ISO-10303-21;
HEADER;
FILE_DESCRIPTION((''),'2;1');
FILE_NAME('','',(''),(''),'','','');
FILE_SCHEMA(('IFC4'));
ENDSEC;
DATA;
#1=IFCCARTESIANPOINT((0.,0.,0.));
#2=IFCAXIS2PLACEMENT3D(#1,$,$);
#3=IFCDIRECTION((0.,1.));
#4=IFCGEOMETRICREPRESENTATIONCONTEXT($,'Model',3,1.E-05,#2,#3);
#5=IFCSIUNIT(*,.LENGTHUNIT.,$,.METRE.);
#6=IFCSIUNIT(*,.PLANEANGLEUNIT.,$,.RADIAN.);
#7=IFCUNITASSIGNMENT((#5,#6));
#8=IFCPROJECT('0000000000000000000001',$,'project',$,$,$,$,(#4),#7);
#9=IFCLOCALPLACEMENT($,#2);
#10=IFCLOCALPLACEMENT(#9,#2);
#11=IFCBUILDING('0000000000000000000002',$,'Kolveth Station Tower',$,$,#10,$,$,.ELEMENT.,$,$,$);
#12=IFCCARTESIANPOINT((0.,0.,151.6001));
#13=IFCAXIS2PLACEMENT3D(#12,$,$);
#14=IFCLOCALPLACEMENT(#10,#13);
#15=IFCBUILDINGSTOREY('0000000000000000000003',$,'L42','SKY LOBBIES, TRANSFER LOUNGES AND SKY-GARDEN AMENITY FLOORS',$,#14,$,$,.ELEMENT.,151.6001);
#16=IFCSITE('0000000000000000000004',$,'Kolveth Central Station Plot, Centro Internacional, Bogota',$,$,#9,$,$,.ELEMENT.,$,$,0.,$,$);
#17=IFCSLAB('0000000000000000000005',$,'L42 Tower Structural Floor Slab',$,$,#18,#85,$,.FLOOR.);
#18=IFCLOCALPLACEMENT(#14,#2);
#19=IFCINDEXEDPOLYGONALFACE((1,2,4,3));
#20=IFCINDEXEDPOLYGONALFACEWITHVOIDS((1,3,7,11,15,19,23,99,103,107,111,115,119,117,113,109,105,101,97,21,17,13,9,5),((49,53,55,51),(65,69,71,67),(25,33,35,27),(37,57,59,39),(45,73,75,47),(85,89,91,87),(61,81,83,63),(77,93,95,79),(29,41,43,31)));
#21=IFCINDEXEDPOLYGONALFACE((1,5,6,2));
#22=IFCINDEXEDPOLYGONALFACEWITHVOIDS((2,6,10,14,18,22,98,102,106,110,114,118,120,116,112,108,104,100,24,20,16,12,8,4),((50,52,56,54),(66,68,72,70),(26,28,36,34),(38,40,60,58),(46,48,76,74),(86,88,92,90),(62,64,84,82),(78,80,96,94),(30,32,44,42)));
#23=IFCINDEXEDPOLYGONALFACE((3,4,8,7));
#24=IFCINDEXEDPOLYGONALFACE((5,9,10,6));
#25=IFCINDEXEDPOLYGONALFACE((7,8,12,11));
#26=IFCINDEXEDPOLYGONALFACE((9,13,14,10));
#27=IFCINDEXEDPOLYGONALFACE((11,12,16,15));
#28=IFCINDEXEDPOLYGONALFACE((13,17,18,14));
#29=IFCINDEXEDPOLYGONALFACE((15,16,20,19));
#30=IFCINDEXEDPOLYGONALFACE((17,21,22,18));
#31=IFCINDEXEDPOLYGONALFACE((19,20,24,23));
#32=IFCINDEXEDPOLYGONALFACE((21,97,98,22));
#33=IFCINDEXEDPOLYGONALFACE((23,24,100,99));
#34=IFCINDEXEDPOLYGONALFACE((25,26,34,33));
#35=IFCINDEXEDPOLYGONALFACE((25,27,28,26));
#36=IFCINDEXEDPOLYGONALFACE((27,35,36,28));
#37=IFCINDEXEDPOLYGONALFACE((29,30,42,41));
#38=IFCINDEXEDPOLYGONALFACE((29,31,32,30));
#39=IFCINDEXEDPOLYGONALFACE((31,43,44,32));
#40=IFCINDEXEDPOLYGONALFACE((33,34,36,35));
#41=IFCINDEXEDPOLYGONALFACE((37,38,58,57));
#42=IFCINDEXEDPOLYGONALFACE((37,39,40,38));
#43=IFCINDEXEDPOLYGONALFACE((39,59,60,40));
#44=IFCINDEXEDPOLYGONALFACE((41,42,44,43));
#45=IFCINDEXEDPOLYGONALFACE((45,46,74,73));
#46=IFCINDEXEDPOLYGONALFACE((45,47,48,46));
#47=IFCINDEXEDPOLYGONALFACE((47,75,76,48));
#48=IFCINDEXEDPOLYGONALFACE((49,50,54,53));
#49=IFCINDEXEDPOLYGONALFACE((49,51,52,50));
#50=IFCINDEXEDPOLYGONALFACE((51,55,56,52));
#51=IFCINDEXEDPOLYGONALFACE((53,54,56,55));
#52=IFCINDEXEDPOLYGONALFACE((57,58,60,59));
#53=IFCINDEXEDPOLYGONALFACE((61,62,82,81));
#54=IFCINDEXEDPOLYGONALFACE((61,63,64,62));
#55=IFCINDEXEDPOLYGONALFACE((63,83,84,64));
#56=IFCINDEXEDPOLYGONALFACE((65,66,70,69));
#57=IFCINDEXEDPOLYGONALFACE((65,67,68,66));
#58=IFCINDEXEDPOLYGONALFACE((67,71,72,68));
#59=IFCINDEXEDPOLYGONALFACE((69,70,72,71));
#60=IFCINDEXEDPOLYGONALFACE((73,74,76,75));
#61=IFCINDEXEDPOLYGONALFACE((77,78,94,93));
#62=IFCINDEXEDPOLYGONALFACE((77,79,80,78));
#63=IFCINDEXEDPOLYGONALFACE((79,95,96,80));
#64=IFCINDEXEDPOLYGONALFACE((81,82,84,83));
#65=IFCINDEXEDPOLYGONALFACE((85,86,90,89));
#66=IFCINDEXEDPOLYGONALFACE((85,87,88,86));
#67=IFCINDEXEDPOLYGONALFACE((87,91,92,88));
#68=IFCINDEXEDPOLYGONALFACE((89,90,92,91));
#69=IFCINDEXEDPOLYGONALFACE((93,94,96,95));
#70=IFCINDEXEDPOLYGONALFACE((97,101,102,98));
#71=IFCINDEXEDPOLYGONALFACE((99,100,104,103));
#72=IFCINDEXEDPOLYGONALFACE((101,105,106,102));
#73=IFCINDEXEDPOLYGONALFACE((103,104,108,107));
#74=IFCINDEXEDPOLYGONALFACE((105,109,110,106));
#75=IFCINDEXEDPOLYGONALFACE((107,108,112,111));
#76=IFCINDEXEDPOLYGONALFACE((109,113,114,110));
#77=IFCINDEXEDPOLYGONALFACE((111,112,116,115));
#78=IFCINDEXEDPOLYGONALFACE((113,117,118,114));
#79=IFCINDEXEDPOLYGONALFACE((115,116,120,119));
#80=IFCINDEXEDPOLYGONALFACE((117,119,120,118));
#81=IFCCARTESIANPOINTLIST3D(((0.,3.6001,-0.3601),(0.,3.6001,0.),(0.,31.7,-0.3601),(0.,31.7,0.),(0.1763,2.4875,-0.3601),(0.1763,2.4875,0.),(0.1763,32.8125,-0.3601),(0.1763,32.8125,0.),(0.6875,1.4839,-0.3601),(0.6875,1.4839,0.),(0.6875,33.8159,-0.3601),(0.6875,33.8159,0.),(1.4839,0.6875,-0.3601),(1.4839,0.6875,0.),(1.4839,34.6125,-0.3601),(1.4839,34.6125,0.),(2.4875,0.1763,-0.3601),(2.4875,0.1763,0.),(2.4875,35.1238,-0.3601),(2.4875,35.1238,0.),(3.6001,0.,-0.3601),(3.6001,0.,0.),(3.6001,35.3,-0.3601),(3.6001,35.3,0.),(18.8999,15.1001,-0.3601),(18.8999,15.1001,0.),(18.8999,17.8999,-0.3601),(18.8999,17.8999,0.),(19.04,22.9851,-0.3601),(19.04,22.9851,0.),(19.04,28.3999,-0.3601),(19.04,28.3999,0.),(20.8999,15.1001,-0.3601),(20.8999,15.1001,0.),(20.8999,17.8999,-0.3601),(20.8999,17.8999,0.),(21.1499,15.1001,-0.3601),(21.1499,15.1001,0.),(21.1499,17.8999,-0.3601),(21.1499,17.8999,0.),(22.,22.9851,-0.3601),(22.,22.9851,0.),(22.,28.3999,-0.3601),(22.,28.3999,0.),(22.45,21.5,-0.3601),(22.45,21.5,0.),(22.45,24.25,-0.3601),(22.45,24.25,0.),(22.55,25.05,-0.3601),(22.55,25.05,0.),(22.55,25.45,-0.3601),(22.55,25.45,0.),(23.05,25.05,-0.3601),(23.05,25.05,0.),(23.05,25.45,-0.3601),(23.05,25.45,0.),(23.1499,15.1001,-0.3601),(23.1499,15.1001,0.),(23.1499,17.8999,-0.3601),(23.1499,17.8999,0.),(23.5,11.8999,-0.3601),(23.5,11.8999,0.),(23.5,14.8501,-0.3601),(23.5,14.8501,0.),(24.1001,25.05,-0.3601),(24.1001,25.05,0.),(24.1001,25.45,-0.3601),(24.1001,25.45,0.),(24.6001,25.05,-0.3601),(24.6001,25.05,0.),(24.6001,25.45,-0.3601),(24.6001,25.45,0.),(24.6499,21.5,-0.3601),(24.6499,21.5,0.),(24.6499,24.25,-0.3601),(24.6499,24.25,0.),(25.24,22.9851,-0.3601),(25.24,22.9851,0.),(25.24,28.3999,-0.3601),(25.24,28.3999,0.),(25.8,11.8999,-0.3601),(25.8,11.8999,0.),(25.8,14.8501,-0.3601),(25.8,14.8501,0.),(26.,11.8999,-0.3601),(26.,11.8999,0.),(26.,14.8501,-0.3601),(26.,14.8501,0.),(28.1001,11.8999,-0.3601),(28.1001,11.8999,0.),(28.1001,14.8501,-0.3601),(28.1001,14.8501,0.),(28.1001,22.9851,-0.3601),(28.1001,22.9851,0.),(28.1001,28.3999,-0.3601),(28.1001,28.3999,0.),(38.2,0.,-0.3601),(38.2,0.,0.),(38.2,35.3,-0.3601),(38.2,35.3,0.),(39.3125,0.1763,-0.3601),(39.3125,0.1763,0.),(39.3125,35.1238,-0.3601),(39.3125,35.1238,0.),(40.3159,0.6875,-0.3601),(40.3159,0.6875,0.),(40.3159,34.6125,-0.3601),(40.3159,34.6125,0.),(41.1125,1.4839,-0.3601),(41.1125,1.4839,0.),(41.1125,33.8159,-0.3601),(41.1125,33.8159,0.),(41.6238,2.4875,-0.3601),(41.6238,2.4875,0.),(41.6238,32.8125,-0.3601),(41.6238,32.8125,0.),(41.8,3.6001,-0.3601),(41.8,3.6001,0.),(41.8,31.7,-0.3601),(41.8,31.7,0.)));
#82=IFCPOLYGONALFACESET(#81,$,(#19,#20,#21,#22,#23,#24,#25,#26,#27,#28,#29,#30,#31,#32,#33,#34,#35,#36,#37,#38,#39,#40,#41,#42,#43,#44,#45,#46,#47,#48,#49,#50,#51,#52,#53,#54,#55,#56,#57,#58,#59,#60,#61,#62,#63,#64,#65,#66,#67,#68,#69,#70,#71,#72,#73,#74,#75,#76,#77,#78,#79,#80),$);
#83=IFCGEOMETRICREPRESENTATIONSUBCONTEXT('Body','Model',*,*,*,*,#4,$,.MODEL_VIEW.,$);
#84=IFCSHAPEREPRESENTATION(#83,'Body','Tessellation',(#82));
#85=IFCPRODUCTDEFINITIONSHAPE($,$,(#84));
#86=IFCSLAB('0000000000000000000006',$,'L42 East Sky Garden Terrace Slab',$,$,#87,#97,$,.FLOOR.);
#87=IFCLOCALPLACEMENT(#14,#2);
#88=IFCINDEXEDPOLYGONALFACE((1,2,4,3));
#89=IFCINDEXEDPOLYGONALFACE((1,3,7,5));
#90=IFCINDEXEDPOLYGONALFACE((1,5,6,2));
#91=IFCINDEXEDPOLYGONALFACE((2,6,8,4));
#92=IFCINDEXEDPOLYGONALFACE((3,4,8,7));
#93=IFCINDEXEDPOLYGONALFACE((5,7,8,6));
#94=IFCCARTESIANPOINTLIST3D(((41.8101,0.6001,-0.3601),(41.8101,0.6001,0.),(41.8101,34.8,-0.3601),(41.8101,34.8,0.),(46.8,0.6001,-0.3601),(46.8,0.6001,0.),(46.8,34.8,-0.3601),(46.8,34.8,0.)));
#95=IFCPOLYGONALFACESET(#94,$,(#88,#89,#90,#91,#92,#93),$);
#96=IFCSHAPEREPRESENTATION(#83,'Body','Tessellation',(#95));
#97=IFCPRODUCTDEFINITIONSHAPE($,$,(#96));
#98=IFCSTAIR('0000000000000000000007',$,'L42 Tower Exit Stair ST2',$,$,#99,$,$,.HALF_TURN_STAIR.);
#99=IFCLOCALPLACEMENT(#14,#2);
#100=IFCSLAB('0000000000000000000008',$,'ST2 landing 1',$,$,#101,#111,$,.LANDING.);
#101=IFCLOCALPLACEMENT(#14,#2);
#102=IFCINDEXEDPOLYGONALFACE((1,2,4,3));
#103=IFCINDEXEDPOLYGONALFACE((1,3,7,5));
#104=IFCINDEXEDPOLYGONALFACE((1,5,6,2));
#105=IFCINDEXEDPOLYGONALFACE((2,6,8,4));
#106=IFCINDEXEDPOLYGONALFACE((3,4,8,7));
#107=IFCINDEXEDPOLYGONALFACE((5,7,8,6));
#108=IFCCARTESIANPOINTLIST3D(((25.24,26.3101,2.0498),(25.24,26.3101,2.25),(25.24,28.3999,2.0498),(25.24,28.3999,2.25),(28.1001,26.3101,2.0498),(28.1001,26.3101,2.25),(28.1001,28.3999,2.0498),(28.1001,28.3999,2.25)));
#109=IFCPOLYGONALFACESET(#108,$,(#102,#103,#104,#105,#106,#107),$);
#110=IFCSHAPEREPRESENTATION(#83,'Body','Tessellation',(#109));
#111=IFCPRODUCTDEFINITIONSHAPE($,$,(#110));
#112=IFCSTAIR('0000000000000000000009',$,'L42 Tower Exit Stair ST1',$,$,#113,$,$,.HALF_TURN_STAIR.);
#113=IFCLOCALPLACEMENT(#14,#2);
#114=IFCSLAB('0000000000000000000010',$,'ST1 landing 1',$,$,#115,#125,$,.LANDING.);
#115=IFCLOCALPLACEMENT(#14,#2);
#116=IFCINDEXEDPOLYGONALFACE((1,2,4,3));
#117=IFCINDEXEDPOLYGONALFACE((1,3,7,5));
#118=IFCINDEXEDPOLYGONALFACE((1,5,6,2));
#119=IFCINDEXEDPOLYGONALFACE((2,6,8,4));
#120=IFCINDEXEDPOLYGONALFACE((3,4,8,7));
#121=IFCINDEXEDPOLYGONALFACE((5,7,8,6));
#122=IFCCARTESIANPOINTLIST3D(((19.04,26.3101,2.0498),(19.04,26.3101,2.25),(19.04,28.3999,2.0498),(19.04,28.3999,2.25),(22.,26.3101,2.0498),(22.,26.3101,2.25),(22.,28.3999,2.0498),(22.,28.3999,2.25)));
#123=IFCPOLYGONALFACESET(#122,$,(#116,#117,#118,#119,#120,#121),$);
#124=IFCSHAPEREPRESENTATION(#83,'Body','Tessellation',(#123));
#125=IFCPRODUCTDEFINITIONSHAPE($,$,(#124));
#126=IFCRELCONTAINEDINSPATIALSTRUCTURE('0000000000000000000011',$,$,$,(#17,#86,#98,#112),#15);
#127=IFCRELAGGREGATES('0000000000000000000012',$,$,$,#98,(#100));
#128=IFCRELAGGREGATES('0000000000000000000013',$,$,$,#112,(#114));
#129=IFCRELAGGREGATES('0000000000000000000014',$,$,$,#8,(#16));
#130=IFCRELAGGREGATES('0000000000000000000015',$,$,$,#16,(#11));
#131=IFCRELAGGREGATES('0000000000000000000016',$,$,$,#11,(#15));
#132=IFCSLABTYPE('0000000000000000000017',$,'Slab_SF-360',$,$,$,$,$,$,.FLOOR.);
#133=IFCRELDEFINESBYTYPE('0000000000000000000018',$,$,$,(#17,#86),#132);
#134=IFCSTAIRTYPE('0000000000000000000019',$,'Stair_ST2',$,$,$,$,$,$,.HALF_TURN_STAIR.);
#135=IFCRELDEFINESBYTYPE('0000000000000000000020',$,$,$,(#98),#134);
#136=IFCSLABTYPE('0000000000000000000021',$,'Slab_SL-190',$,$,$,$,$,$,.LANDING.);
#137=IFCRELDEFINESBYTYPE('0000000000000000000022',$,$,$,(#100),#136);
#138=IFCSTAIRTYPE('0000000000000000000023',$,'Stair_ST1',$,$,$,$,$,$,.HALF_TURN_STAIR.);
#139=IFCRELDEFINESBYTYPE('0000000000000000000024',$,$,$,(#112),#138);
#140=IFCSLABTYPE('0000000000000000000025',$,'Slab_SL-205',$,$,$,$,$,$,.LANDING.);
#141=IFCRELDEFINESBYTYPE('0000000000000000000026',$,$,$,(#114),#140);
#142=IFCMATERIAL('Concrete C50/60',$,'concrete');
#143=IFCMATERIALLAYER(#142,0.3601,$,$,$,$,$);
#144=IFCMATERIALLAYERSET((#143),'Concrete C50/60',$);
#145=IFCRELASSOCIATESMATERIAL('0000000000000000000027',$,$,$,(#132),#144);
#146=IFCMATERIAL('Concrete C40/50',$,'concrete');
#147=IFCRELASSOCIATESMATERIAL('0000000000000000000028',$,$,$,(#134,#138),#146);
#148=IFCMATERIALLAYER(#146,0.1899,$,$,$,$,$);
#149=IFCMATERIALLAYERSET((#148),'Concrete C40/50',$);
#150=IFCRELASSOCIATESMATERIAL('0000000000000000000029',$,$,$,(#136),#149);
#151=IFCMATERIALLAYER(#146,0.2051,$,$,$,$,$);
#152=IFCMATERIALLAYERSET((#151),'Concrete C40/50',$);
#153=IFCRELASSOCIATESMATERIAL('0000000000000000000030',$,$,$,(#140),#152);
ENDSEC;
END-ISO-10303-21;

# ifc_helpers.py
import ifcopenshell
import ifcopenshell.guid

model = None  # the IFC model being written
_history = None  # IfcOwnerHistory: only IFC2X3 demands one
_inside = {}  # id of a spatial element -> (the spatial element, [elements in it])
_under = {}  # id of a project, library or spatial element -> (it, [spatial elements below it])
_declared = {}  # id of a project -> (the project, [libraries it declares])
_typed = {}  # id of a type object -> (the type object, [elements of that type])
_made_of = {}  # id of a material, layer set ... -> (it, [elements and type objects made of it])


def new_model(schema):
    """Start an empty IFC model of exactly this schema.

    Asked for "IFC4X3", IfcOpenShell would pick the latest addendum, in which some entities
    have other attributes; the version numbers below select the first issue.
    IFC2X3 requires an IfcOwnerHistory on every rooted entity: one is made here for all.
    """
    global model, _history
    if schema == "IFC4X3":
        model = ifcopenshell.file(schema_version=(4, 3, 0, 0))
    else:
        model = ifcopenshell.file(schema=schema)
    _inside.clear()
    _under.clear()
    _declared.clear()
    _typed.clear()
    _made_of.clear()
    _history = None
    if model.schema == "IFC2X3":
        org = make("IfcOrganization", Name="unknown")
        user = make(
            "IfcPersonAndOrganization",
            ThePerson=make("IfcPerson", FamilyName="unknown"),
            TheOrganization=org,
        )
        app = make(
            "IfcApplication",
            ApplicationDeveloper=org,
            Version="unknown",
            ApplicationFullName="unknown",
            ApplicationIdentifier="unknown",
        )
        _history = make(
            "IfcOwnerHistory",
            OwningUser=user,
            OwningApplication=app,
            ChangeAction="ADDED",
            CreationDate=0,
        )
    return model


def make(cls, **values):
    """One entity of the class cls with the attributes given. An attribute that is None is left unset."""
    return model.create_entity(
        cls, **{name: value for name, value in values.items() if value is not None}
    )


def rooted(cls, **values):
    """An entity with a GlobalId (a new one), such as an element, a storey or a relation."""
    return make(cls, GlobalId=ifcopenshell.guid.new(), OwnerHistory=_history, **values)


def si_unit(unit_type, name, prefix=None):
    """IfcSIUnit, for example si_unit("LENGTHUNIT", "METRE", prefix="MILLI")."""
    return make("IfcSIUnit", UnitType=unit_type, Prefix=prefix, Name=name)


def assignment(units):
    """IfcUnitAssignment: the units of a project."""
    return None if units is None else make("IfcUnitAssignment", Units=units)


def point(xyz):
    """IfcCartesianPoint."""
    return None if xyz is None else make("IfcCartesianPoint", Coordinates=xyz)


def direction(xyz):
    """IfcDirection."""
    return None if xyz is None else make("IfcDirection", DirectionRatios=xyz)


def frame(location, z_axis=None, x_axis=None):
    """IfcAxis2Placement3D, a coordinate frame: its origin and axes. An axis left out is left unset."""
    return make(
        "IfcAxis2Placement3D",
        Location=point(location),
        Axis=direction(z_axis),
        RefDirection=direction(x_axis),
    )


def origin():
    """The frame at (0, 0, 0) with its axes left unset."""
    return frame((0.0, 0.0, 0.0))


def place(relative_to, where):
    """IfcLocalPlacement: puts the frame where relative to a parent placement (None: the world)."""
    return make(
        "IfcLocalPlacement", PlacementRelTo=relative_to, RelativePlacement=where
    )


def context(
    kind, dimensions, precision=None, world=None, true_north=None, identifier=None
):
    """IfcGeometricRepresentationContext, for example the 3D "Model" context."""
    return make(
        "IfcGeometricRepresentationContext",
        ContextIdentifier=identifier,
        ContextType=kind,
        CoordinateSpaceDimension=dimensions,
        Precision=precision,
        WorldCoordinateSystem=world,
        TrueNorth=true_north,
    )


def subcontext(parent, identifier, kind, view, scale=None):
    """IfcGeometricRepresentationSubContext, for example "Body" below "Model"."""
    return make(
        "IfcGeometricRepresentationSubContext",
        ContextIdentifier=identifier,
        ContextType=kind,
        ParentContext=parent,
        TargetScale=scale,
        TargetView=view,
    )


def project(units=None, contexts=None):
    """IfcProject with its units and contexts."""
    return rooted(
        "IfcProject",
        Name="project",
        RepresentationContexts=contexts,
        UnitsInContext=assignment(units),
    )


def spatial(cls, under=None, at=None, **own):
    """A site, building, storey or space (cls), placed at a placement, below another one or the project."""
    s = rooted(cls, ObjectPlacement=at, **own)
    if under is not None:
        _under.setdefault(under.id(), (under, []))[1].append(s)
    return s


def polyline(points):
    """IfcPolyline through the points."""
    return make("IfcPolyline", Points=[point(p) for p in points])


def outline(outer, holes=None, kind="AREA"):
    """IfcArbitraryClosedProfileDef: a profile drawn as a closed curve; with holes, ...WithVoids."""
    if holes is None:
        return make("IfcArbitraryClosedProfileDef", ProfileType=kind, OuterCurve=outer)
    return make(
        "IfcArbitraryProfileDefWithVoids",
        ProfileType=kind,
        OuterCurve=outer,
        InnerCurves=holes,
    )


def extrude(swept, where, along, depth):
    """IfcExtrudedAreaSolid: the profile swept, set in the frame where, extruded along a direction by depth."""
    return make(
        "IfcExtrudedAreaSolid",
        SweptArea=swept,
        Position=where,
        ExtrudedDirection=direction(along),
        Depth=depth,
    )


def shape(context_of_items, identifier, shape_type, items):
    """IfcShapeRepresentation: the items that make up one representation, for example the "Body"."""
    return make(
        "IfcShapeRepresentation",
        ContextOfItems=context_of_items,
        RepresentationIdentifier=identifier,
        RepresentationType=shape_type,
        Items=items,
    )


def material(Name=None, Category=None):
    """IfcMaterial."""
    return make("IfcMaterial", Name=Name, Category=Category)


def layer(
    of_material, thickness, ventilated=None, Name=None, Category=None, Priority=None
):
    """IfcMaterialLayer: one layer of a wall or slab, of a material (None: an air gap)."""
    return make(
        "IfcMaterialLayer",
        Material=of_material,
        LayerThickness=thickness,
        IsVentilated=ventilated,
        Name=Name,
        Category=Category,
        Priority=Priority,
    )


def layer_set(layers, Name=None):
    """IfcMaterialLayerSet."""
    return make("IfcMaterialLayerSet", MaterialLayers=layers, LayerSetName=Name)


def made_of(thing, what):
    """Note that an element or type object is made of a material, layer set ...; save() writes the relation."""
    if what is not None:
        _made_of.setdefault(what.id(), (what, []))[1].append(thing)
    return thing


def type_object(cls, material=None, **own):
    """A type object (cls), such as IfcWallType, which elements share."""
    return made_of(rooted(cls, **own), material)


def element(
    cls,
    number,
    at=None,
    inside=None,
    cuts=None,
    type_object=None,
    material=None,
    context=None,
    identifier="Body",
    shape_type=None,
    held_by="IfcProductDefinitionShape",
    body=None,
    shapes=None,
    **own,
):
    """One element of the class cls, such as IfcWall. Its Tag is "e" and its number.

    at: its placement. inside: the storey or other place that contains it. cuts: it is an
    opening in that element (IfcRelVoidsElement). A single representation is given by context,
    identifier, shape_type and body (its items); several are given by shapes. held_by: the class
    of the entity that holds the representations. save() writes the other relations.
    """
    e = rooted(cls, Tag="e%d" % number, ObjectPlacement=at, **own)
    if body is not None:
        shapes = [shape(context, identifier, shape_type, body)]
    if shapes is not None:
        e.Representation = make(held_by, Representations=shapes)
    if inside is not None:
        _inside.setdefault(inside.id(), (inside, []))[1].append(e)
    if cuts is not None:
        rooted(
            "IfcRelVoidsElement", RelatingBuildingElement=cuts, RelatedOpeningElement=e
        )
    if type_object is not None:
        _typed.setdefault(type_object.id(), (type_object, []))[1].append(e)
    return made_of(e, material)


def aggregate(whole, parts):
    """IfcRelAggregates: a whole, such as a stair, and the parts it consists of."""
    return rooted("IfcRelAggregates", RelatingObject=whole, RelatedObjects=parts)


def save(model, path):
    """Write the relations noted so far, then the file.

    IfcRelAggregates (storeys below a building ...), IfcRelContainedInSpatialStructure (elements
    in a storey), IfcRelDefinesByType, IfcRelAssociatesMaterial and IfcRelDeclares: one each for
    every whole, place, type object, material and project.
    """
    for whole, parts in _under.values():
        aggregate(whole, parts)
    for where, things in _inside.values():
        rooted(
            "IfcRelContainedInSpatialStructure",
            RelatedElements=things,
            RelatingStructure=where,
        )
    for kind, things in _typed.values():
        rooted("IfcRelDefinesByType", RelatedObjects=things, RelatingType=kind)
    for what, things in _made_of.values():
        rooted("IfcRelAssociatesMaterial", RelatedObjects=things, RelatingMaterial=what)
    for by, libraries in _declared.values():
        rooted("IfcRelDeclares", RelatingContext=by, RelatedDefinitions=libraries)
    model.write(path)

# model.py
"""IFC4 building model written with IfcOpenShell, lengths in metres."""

from ifc_helpers import new_model, si_unit, direction, frame, origin, place, context, subcontext, project, spatial, polyline, outline, extrude, material, layer, layer_set, type_object, element, aggregate, save


model = new_model("IFC4")

# Units and contexts
model_context = context("Model", 3, precision=1e-05, world=origin(), true_north=direction((0.0, 1.0)))
body_context = subcontext(model_context, "Body", "Model", "MODEL_VIEW")
ifc_project = project(units=[si_unit("LENGTHUNIT", "METRE"), si_unit("PLANEANGLEUNIT", "RADIAN")], contexts=[model_context])

# Site, building, storey
site_placement = place(None, origin())
site = spatial("IfcSite", under=ifc_project, at=site_placement, Name="Kolveth Central Station Plot, Centro Internacional, Bogota", CompositionType="ELEMENT", RefElevation=0.0)
building_placement = place(site_placement, origin())
building = spatial("IfcBuilding", under=site, at=building_placement, Name="Kolveth Station Tower", CompositionType="ELEMENT")
storey_placement = place(building_placement, frame((0.0, 0.0, 151.6001)))
storey = spatial("IfcBuildingStorey", under=building, at=storey_placement, Name="L42", Description="SKY LOBBIES, TRANSFER LOUNGES AND SKY-GARDEN AMENITY FLOORS", CompositionType="ELEMENT", Elevation=151.6001)

# Slabs
ifc_material_1 = material(Name="Concrete C50/60", Category="concrete")
ifc_layer_1 = layer(ifc_material_1, 0.3601)
ifc_layer_set_1 = layer_set([ifc_layer_1], Name="Concrete C50/60")
slab_type_1 = type_object("IfcSlabType", Name="Slab_SF-360", PredefinedType="FLOOR", material=ifc_layer_set_1)
slab_1_placement = place(storey_placement, frame((0.0, 0.0, -0.3601)))
element("IfcSlab", 1, at=slab_1_placement, inside=storey, type_object=slab_type_1, Name="L42 Tower Structural Floor Slab", PredefinedType="FLOOR", context=body_context, shape_type="SweptSolid", body=[
    extrude(outline(polyline([(38.2, 0.0), (39.3125, 0.1763), (40.3159, 0.6875), (41.1125, 1.4839), (41.6238, 2.4875), (41.8, 3.6001), (41.8, 31.7), (41.6238, 32.8125), (41.1125, 33.8159), (40.3159, 34.6125), (39.3125, 35.1238), (38.2, 35.3), (3.6001, 35.3), (2.4875, 35.1238), (1.4839, 34.6125), (0.6875, 33.8159), (0.1763, 32.8125), (0.0, 31.7), (0.0, 3.6001), (0.1763, 2.4875), (0.6875, 1.4839), (1.4839, 0.6875), (2.4875, 0.1763), (3.6001, 0.0), (38.2, 0.0)]), holes=[polyline([(19.04, 22.9851), (22.0, 22.9851), (22.0, 28.3999), (19.04, 28.3999), (19.04, 22.9851)]), polyline([(25.24, 22.9851), (28.1001, 22.9851), (28.1001, 28.3999), (25.24, 28.3999), (25.24, 22.9851)]), polyline([(18.8999, 15.1001), (20.8999, 15.1001), (20.8999, 17.8999), (18.8999, 17.8999), (18.8999, 15.1001)]), polyline([(21.1499, 15.1001), (23.1499, 15.1001), (23.1499, 17.8999), (21.1499, 17.8999), (21.1499, 15.1001)]), polyline([(22.45, 21.5), (24.6499, 21.5), (24.6499, 24.25), (22.45, 24.25), (22.45, 21.5)]), polyline([(23.5, 11.8999), (25.8, 11.8999), (25.8, 14.8501), (23.5, 14.8501), (23.5, 11.8999)]), polyline([(26.0, 11.8999), (28.1001, 11.8999), (28.1001, 14.8501), (26.0, 14.8501), (26.0, 11.8999)]), polyline([(22.55, 25.05), (23.05, 25.05), (23.05, 25.45), (22.55, 25.45), (22.55, 25.05)]), polyline([(24.1001, 25.05), (24.6001, 25.05), (24.6001, 25.45), (24.1001, 25.45), (24.1001, 25.05)])]), origin(), (0.0, 0.0, 1.0), 0.3601),
])
slab_2_placement = place(storey_placement, frame((0.0, 0.0, -0.3601)))
element("IfcSlab", 2, at=slab_2_placement, inside=storey, type_object=slab_type_1, Name="L42 East Sky Garden Terrace Slab", PredefinedType="FLOOR", context=body_context, shape_type="SweptSolid", body=[
    extrude(outline(polyline([(41.8101, 0.6001), (46.8, 0.6001), (46.8, 34.8), (41.8101, 34.8), (41.8101, 0.6001)])), origin(), (0.0, 0.0, 1.0), 0.3601),
])

# Stairs, slabs
ifc_material_2 = material(Name="Concrete C40/50", Category="concrete")
stair_type_1 = type_object("IfcStairType", Name="Stair_ST2", PredefinedType="HALF_TURN_STAIR", material=ifc_material_2)
stair_1_placement = place(storey_placement, origin())
stair_1 = element("IfcStair", 3, at=stair_1_placement, inside=storey, type_object=stair_type_1, Name="L42 Tower Exit Stair ST2", PredefinedType="HALF_TURN_STAIR")
ifc_layer_2 = layer(ifc_material_2, 0.1899)
ifc_layer_set_2 = layer_set([ifc_layer_2], Name="Concrete C40/50")
slab_type_2 = type_object("IfcSlabType", Name="Slab_SL-190", PredefinedType="LANDING", material=ifc_layer_set_2)
slab_3_placement = place(storey_placement, frame((0.0, 0.0, 2.0498)))
slab_3 = element("IfcSlab", 4, at=slab_3_placement, type_object=slab_type_2, Name="ST2 landing 1", PredefinedType="LANDING", context=body_context, shape_type="SweptSolid", body=[
    extrude(outline(polyline([(28.1001, 26.3101), (28.1001, 28.3999), (25.24, 28.3999), (25.24, 26.3101), (28.1001, 26.3101)])), origin(), (0.0, 0.0, 1.0), 0.2002),
])
aggregate(stair_1, [slab_3])
stair_type_2 = type_object("IfcStairType", Name="Stair_ST1", PredefinedType="HALF_TURN_STAIR", material=ifc_material_2)
stair_2_placement = place(storey_placement, origin())
stair_2 = element("IfcStair", 5, at=stair_2_placement, inside=storey, type_object=stair_type_2, Name="L42 Tower Exit Stair ST1", PredefinedType="HALF_TURN_STAIR")
ifc_layer_3 = layer(ifc_material_2, 0.2051)
ifc_layer_set_3 = layer_set([ifc_layer_3], Name="Concrete C40/50")
slab_type_3 = type_object("IfcSlabType", Name="Slab_SL-205", PredefinedType="LANDING", material=ifc_layer_set_3)
slab_4_placement = place(storey_placement, frame((0.0, 0.0, 2.0498)))
slab_4 = element("IfcSlab", 6, at=slab_4_placement, type_object=slab_type_3, Name="ST1 landing 1", PredefinedType="LANDING", context=body_context, shape_type="SweptSolid", body=[
    extrude(outline(polyline([(22.0, 26.3101), (22.0, 28.3999), (19.04, 28.3999), (19.04, 26.3101), (22.0, 26.3101)])), origin(), (0.0, 0.0, 1.0), 0.2002),
])
aggregate(stair_2, [slab_4])

save(model, "model.ifc")
